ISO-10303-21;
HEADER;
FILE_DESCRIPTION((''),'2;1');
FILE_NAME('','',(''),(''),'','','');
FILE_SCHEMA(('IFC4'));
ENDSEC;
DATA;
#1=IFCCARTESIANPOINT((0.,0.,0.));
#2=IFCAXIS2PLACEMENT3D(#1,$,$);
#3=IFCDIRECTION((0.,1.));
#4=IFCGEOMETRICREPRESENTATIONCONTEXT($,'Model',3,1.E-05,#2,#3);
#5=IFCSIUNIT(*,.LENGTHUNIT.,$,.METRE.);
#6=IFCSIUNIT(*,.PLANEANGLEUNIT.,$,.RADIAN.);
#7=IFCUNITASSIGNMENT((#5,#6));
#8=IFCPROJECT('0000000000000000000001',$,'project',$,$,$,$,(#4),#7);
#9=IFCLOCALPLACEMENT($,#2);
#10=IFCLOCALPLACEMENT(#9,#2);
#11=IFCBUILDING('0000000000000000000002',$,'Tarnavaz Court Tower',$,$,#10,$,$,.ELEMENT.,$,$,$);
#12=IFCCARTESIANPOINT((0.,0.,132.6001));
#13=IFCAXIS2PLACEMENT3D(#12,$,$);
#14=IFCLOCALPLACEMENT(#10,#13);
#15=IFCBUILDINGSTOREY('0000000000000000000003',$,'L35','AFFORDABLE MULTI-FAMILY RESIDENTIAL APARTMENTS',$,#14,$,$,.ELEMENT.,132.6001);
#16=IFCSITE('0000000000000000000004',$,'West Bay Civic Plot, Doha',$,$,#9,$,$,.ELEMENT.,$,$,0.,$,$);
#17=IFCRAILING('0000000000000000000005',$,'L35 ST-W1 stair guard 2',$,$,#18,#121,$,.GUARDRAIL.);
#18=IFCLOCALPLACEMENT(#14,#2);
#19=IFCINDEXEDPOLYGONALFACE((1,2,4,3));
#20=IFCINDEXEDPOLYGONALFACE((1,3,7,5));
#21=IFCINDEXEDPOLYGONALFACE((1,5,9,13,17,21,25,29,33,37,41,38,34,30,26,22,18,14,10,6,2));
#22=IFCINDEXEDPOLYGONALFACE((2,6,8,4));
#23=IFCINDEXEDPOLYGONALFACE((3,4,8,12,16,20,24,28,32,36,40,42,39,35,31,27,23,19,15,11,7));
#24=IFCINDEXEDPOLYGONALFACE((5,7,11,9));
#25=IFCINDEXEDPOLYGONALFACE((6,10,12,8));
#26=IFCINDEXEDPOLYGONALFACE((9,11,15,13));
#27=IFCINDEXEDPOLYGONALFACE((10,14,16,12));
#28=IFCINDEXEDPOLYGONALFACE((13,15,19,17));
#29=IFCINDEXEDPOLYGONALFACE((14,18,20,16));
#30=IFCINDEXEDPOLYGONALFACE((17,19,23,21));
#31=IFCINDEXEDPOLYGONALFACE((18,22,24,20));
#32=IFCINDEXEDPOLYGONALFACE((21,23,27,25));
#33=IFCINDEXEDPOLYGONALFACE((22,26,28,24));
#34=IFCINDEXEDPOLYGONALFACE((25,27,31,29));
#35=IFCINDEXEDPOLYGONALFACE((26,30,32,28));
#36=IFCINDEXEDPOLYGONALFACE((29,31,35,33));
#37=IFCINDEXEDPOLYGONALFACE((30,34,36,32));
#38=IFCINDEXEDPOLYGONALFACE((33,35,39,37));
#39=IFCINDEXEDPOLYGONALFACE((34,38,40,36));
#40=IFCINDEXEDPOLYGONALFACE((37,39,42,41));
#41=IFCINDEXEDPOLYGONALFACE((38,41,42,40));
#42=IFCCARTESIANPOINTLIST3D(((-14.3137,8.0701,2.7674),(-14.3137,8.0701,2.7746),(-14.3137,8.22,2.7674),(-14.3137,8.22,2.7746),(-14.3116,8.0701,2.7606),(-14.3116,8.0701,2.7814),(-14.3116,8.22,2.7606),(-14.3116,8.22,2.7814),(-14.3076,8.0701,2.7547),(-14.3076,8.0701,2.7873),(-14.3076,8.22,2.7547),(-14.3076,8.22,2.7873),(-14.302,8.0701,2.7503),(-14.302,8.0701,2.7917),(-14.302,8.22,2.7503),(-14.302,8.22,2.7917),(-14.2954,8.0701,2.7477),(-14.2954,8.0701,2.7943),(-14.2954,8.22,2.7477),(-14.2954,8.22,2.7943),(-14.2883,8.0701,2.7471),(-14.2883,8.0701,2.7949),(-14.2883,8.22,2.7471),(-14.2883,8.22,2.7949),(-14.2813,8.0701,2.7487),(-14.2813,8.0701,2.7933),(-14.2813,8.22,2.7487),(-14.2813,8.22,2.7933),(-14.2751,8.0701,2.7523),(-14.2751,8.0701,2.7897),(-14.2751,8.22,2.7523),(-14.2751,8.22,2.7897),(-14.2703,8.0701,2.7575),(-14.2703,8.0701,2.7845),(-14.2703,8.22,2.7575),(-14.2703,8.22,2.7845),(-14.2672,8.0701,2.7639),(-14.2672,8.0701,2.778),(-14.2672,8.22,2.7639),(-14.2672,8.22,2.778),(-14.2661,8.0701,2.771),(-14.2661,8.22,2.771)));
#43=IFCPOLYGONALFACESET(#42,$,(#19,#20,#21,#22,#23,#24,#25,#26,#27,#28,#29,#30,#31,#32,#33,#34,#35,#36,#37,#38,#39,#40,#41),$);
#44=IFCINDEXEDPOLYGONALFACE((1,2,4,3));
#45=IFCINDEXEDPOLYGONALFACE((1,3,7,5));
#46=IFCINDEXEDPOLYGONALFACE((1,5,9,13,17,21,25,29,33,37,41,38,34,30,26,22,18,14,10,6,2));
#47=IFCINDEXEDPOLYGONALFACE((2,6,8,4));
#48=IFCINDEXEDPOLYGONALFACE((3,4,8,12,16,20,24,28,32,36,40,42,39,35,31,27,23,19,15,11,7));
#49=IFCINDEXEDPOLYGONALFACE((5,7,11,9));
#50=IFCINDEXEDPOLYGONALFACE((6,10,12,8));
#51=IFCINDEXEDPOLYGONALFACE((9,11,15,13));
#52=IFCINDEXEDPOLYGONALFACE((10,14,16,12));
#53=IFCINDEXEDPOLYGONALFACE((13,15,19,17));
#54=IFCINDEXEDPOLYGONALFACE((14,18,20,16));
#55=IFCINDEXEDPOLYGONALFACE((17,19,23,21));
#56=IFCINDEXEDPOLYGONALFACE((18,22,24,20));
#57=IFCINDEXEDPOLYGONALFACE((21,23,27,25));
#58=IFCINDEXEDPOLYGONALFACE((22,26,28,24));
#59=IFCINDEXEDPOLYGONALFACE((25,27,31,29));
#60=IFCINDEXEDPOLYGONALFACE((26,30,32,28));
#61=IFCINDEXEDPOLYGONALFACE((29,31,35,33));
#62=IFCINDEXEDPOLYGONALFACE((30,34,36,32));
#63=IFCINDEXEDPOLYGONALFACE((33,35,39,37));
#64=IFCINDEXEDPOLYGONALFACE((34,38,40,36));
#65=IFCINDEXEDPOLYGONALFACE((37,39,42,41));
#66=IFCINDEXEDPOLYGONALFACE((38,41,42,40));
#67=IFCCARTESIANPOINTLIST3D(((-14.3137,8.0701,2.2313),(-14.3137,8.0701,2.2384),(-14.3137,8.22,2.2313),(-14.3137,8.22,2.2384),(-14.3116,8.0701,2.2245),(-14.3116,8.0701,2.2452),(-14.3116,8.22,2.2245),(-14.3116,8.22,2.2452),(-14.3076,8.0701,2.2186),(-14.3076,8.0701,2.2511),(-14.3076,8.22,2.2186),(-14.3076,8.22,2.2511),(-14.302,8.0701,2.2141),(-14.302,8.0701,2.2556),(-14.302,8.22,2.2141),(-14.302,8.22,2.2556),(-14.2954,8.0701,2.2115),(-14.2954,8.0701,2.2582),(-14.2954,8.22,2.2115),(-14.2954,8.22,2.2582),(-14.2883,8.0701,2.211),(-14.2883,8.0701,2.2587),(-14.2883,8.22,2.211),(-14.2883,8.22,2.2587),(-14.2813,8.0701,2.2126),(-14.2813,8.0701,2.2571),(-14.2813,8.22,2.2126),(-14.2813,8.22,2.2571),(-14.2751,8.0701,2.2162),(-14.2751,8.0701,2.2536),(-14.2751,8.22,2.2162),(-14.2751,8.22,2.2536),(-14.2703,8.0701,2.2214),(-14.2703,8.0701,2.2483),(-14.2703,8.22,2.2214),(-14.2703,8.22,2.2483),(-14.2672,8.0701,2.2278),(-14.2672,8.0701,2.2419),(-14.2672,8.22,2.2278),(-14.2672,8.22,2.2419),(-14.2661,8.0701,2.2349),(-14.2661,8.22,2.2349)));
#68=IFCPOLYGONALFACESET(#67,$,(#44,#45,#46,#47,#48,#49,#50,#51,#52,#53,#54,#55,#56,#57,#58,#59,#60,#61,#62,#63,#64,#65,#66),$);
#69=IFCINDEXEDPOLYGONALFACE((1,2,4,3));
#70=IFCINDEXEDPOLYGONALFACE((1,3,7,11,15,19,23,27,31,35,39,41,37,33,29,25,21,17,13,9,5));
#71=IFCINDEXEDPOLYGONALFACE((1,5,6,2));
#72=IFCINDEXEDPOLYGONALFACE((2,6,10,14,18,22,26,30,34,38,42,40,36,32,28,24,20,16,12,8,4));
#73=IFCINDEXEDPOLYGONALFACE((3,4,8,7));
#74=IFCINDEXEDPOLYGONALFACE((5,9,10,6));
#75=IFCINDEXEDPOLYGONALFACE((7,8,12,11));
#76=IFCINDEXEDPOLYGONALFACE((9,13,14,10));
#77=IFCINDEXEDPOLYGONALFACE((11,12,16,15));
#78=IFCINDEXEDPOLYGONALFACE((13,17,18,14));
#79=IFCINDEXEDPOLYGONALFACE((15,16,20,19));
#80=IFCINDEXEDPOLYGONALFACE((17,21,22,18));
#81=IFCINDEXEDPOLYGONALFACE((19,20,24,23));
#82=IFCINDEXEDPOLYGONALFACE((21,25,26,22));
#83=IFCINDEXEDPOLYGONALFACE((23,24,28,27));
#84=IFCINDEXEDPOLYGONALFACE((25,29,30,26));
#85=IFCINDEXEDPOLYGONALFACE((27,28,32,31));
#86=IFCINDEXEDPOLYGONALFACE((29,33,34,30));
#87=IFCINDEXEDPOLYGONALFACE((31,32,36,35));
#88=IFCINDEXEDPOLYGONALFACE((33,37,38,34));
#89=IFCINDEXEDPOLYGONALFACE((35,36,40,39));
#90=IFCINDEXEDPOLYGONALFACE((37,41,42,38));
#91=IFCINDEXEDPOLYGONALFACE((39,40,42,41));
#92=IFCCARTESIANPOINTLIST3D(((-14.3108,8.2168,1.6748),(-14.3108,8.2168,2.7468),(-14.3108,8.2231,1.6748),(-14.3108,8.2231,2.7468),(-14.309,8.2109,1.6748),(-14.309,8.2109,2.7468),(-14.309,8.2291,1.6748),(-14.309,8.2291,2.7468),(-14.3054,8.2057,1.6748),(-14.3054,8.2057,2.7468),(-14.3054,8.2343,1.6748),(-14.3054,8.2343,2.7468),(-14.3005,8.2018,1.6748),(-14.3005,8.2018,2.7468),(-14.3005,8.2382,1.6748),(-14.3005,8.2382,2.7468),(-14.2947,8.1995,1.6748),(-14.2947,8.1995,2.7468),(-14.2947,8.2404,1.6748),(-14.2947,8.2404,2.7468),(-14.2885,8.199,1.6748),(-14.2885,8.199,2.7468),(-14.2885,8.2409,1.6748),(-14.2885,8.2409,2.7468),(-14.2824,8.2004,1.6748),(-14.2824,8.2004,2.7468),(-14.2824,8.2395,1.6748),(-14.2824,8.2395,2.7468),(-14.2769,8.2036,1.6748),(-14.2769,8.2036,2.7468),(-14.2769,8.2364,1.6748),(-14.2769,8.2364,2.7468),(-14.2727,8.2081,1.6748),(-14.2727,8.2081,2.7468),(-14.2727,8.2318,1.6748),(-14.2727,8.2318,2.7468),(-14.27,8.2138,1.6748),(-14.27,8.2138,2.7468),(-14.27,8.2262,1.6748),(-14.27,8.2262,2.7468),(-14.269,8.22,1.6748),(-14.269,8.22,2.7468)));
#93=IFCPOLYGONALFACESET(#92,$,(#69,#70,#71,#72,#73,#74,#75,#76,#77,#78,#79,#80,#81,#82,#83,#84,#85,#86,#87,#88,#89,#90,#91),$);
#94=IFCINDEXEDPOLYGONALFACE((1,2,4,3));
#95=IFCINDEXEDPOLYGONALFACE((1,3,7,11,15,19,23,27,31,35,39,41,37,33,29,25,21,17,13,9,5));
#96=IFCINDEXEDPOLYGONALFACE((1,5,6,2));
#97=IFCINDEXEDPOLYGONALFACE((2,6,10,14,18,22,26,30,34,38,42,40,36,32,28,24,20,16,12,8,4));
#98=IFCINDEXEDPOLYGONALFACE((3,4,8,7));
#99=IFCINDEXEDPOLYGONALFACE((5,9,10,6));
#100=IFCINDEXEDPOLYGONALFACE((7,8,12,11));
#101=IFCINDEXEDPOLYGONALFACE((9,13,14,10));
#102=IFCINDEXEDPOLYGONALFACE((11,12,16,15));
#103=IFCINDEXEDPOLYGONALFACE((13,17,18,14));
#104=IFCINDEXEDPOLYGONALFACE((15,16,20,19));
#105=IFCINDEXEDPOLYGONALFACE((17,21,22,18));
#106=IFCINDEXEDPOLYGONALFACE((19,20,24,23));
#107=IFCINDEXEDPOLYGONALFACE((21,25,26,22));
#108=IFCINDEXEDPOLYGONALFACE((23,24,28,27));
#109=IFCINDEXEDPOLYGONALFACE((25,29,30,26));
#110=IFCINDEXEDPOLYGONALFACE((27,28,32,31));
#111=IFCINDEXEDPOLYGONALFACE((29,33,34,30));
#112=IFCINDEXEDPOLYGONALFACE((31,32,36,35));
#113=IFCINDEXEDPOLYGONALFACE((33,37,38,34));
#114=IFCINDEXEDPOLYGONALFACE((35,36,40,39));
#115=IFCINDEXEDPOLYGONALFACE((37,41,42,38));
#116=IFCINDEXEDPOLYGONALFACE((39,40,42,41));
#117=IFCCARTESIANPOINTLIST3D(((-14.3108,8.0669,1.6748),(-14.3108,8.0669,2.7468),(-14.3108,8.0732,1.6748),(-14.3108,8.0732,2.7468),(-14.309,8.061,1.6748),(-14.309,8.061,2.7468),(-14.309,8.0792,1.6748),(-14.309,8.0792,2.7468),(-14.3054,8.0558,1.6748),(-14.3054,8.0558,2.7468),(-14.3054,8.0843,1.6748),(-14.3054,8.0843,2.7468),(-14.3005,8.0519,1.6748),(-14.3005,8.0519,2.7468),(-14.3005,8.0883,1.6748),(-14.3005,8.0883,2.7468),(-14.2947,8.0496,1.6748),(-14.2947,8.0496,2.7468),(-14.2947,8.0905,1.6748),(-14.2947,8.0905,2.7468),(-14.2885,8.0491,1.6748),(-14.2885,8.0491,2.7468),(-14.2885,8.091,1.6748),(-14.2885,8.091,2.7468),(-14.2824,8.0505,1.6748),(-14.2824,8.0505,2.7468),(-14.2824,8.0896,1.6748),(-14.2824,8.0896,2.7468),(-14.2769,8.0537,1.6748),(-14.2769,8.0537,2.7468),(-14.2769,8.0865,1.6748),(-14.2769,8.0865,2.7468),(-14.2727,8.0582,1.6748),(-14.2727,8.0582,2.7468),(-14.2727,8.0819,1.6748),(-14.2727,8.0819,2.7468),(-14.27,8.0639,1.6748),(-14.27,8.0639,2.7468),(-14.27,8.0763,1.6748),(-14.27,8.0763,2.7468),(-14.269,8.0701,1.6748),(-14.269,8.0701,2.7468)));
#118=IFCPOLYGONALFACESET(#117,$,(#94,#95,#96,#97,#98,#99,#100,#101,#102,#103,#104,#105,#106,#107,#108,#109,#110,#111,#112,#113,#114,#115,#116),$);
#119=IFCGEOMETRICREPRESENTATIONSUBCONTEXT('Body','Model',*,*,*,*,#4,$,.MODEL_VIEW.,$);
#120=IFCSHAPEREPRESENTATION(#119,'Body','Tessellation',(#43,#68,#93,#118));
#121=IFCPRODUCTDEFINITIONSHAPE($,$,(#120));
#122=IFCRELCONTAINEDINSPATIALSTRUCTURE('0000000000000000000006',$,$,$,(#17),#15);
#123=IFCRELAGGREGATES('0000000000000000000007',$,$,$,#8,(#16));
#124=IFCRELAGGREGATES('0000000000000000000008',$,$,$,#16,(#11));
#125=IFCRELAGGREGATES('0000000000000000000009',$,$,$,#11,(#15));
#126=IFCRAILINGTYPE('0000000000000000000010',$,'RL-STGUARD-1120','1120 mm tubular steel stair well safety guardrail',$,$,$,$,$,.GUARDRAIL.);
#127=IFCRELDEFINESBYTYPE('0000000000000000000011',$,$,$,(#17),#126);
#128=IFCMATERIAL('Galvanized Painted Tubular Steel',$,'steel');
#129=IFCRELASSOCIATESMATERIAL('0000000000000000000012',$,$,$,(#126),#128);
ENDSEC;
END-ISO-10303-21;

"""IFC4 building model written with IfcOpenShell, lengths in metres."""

from ifc_helpers import new_model, si_unit, direction, frame, origin, origin_2d, place, context, subcontext, project, spatial, circle, extrude, material, type_object, element, save


model = new_model("IFC4")

# Units and contexts
model_context = context("Model", 3, precision=1e-05, world=origin(), true_north=direction((0.0, 1.0)))
body_context = subcontext(model_context, "Body", "Model", "MODEL_VIEW")
ifc_project = project(units=[si_unit("LENGTHUNIT", "METRE"), si_unit("PLANEANGLEUNIT", "RADIAN")], contexts=[model_context])

# Site, building, storey
site_placement = place(None, origin())
site = spatial("IfcSite", under=ifc_project, at=site_placement, Name="West Bay Civic Plot, Doha", CompositionType="ELEMENT", RefElevation=0.0)
building_placement = place(site_placement, origin())
building = spatial("IfcBuilding", under=site, at=building_placement, Name="Tarnavaz Court Tower", CompositionType="ELEMENT")
storey_placement = place(building_placement, frame((0.0, 0.0, 132.6001)))
storey = spatial("IfcBuildingStorey", under=building, at=storey_placement, Name="L35", Description="AFFORDABLE MULTI-FAMILY RESIDENTIAL APARTMENTS", CompositionType="ELEMENT", Elevation=132.6001)

# Railing
ifc_material_1 = material(Name="Galvanized Painted Tubular Steel", Category="steel")
railing_type_1 = type_object("IfcRailingType", Name="RL-STGUARD-1120", Description="1120 mm tubular steel stair well safety guardrail", PredefinedType="GUARDRAIL", material=ifc_material_1)
railing_1_placement = place(storey_placement, frame((-14.29, 8.22, 1.6748)))
element("IfcRailing", 1, at=railing_1_placement, inside=storey, type_object=railing_type_1, Name="L35 ST-W1 stair guard 2", PredefinedType="GUARDRAIL", context=body_context, shape_type="SweptSolid", body=[
    extrude(circle(Radius=0.0239, at=origin_2d()), frame((0.0, 0.0, 1.0962), z_axis=(0.0, -1.0, 0.0), x_axis=(1.0, 0.0, 0.0)), (0.0, 0.0, 1.0), 0.1499),
    extrude(circle(Radius=0.0239, at=origin_2d()), frame((0.0, 0.0, 0.5601), z_axis=(0.0, -1.0, 0.0), x_axis=(1.0, 0.0, 0.0)), (0.0, 0.0, 1.0), 0.1499),
    extrude(circle(Radius=0.021, at=origin_2d()), origin(), (0.0, 0.0, 1.0), 1.072),
    extrude(circle(Radius=0.021, at=origin_2d()), frame((0.0, -0.1499, 0.0)), (0.0, 0.0, 1.0), 1.072),
])

save(model, "model.ifc")
